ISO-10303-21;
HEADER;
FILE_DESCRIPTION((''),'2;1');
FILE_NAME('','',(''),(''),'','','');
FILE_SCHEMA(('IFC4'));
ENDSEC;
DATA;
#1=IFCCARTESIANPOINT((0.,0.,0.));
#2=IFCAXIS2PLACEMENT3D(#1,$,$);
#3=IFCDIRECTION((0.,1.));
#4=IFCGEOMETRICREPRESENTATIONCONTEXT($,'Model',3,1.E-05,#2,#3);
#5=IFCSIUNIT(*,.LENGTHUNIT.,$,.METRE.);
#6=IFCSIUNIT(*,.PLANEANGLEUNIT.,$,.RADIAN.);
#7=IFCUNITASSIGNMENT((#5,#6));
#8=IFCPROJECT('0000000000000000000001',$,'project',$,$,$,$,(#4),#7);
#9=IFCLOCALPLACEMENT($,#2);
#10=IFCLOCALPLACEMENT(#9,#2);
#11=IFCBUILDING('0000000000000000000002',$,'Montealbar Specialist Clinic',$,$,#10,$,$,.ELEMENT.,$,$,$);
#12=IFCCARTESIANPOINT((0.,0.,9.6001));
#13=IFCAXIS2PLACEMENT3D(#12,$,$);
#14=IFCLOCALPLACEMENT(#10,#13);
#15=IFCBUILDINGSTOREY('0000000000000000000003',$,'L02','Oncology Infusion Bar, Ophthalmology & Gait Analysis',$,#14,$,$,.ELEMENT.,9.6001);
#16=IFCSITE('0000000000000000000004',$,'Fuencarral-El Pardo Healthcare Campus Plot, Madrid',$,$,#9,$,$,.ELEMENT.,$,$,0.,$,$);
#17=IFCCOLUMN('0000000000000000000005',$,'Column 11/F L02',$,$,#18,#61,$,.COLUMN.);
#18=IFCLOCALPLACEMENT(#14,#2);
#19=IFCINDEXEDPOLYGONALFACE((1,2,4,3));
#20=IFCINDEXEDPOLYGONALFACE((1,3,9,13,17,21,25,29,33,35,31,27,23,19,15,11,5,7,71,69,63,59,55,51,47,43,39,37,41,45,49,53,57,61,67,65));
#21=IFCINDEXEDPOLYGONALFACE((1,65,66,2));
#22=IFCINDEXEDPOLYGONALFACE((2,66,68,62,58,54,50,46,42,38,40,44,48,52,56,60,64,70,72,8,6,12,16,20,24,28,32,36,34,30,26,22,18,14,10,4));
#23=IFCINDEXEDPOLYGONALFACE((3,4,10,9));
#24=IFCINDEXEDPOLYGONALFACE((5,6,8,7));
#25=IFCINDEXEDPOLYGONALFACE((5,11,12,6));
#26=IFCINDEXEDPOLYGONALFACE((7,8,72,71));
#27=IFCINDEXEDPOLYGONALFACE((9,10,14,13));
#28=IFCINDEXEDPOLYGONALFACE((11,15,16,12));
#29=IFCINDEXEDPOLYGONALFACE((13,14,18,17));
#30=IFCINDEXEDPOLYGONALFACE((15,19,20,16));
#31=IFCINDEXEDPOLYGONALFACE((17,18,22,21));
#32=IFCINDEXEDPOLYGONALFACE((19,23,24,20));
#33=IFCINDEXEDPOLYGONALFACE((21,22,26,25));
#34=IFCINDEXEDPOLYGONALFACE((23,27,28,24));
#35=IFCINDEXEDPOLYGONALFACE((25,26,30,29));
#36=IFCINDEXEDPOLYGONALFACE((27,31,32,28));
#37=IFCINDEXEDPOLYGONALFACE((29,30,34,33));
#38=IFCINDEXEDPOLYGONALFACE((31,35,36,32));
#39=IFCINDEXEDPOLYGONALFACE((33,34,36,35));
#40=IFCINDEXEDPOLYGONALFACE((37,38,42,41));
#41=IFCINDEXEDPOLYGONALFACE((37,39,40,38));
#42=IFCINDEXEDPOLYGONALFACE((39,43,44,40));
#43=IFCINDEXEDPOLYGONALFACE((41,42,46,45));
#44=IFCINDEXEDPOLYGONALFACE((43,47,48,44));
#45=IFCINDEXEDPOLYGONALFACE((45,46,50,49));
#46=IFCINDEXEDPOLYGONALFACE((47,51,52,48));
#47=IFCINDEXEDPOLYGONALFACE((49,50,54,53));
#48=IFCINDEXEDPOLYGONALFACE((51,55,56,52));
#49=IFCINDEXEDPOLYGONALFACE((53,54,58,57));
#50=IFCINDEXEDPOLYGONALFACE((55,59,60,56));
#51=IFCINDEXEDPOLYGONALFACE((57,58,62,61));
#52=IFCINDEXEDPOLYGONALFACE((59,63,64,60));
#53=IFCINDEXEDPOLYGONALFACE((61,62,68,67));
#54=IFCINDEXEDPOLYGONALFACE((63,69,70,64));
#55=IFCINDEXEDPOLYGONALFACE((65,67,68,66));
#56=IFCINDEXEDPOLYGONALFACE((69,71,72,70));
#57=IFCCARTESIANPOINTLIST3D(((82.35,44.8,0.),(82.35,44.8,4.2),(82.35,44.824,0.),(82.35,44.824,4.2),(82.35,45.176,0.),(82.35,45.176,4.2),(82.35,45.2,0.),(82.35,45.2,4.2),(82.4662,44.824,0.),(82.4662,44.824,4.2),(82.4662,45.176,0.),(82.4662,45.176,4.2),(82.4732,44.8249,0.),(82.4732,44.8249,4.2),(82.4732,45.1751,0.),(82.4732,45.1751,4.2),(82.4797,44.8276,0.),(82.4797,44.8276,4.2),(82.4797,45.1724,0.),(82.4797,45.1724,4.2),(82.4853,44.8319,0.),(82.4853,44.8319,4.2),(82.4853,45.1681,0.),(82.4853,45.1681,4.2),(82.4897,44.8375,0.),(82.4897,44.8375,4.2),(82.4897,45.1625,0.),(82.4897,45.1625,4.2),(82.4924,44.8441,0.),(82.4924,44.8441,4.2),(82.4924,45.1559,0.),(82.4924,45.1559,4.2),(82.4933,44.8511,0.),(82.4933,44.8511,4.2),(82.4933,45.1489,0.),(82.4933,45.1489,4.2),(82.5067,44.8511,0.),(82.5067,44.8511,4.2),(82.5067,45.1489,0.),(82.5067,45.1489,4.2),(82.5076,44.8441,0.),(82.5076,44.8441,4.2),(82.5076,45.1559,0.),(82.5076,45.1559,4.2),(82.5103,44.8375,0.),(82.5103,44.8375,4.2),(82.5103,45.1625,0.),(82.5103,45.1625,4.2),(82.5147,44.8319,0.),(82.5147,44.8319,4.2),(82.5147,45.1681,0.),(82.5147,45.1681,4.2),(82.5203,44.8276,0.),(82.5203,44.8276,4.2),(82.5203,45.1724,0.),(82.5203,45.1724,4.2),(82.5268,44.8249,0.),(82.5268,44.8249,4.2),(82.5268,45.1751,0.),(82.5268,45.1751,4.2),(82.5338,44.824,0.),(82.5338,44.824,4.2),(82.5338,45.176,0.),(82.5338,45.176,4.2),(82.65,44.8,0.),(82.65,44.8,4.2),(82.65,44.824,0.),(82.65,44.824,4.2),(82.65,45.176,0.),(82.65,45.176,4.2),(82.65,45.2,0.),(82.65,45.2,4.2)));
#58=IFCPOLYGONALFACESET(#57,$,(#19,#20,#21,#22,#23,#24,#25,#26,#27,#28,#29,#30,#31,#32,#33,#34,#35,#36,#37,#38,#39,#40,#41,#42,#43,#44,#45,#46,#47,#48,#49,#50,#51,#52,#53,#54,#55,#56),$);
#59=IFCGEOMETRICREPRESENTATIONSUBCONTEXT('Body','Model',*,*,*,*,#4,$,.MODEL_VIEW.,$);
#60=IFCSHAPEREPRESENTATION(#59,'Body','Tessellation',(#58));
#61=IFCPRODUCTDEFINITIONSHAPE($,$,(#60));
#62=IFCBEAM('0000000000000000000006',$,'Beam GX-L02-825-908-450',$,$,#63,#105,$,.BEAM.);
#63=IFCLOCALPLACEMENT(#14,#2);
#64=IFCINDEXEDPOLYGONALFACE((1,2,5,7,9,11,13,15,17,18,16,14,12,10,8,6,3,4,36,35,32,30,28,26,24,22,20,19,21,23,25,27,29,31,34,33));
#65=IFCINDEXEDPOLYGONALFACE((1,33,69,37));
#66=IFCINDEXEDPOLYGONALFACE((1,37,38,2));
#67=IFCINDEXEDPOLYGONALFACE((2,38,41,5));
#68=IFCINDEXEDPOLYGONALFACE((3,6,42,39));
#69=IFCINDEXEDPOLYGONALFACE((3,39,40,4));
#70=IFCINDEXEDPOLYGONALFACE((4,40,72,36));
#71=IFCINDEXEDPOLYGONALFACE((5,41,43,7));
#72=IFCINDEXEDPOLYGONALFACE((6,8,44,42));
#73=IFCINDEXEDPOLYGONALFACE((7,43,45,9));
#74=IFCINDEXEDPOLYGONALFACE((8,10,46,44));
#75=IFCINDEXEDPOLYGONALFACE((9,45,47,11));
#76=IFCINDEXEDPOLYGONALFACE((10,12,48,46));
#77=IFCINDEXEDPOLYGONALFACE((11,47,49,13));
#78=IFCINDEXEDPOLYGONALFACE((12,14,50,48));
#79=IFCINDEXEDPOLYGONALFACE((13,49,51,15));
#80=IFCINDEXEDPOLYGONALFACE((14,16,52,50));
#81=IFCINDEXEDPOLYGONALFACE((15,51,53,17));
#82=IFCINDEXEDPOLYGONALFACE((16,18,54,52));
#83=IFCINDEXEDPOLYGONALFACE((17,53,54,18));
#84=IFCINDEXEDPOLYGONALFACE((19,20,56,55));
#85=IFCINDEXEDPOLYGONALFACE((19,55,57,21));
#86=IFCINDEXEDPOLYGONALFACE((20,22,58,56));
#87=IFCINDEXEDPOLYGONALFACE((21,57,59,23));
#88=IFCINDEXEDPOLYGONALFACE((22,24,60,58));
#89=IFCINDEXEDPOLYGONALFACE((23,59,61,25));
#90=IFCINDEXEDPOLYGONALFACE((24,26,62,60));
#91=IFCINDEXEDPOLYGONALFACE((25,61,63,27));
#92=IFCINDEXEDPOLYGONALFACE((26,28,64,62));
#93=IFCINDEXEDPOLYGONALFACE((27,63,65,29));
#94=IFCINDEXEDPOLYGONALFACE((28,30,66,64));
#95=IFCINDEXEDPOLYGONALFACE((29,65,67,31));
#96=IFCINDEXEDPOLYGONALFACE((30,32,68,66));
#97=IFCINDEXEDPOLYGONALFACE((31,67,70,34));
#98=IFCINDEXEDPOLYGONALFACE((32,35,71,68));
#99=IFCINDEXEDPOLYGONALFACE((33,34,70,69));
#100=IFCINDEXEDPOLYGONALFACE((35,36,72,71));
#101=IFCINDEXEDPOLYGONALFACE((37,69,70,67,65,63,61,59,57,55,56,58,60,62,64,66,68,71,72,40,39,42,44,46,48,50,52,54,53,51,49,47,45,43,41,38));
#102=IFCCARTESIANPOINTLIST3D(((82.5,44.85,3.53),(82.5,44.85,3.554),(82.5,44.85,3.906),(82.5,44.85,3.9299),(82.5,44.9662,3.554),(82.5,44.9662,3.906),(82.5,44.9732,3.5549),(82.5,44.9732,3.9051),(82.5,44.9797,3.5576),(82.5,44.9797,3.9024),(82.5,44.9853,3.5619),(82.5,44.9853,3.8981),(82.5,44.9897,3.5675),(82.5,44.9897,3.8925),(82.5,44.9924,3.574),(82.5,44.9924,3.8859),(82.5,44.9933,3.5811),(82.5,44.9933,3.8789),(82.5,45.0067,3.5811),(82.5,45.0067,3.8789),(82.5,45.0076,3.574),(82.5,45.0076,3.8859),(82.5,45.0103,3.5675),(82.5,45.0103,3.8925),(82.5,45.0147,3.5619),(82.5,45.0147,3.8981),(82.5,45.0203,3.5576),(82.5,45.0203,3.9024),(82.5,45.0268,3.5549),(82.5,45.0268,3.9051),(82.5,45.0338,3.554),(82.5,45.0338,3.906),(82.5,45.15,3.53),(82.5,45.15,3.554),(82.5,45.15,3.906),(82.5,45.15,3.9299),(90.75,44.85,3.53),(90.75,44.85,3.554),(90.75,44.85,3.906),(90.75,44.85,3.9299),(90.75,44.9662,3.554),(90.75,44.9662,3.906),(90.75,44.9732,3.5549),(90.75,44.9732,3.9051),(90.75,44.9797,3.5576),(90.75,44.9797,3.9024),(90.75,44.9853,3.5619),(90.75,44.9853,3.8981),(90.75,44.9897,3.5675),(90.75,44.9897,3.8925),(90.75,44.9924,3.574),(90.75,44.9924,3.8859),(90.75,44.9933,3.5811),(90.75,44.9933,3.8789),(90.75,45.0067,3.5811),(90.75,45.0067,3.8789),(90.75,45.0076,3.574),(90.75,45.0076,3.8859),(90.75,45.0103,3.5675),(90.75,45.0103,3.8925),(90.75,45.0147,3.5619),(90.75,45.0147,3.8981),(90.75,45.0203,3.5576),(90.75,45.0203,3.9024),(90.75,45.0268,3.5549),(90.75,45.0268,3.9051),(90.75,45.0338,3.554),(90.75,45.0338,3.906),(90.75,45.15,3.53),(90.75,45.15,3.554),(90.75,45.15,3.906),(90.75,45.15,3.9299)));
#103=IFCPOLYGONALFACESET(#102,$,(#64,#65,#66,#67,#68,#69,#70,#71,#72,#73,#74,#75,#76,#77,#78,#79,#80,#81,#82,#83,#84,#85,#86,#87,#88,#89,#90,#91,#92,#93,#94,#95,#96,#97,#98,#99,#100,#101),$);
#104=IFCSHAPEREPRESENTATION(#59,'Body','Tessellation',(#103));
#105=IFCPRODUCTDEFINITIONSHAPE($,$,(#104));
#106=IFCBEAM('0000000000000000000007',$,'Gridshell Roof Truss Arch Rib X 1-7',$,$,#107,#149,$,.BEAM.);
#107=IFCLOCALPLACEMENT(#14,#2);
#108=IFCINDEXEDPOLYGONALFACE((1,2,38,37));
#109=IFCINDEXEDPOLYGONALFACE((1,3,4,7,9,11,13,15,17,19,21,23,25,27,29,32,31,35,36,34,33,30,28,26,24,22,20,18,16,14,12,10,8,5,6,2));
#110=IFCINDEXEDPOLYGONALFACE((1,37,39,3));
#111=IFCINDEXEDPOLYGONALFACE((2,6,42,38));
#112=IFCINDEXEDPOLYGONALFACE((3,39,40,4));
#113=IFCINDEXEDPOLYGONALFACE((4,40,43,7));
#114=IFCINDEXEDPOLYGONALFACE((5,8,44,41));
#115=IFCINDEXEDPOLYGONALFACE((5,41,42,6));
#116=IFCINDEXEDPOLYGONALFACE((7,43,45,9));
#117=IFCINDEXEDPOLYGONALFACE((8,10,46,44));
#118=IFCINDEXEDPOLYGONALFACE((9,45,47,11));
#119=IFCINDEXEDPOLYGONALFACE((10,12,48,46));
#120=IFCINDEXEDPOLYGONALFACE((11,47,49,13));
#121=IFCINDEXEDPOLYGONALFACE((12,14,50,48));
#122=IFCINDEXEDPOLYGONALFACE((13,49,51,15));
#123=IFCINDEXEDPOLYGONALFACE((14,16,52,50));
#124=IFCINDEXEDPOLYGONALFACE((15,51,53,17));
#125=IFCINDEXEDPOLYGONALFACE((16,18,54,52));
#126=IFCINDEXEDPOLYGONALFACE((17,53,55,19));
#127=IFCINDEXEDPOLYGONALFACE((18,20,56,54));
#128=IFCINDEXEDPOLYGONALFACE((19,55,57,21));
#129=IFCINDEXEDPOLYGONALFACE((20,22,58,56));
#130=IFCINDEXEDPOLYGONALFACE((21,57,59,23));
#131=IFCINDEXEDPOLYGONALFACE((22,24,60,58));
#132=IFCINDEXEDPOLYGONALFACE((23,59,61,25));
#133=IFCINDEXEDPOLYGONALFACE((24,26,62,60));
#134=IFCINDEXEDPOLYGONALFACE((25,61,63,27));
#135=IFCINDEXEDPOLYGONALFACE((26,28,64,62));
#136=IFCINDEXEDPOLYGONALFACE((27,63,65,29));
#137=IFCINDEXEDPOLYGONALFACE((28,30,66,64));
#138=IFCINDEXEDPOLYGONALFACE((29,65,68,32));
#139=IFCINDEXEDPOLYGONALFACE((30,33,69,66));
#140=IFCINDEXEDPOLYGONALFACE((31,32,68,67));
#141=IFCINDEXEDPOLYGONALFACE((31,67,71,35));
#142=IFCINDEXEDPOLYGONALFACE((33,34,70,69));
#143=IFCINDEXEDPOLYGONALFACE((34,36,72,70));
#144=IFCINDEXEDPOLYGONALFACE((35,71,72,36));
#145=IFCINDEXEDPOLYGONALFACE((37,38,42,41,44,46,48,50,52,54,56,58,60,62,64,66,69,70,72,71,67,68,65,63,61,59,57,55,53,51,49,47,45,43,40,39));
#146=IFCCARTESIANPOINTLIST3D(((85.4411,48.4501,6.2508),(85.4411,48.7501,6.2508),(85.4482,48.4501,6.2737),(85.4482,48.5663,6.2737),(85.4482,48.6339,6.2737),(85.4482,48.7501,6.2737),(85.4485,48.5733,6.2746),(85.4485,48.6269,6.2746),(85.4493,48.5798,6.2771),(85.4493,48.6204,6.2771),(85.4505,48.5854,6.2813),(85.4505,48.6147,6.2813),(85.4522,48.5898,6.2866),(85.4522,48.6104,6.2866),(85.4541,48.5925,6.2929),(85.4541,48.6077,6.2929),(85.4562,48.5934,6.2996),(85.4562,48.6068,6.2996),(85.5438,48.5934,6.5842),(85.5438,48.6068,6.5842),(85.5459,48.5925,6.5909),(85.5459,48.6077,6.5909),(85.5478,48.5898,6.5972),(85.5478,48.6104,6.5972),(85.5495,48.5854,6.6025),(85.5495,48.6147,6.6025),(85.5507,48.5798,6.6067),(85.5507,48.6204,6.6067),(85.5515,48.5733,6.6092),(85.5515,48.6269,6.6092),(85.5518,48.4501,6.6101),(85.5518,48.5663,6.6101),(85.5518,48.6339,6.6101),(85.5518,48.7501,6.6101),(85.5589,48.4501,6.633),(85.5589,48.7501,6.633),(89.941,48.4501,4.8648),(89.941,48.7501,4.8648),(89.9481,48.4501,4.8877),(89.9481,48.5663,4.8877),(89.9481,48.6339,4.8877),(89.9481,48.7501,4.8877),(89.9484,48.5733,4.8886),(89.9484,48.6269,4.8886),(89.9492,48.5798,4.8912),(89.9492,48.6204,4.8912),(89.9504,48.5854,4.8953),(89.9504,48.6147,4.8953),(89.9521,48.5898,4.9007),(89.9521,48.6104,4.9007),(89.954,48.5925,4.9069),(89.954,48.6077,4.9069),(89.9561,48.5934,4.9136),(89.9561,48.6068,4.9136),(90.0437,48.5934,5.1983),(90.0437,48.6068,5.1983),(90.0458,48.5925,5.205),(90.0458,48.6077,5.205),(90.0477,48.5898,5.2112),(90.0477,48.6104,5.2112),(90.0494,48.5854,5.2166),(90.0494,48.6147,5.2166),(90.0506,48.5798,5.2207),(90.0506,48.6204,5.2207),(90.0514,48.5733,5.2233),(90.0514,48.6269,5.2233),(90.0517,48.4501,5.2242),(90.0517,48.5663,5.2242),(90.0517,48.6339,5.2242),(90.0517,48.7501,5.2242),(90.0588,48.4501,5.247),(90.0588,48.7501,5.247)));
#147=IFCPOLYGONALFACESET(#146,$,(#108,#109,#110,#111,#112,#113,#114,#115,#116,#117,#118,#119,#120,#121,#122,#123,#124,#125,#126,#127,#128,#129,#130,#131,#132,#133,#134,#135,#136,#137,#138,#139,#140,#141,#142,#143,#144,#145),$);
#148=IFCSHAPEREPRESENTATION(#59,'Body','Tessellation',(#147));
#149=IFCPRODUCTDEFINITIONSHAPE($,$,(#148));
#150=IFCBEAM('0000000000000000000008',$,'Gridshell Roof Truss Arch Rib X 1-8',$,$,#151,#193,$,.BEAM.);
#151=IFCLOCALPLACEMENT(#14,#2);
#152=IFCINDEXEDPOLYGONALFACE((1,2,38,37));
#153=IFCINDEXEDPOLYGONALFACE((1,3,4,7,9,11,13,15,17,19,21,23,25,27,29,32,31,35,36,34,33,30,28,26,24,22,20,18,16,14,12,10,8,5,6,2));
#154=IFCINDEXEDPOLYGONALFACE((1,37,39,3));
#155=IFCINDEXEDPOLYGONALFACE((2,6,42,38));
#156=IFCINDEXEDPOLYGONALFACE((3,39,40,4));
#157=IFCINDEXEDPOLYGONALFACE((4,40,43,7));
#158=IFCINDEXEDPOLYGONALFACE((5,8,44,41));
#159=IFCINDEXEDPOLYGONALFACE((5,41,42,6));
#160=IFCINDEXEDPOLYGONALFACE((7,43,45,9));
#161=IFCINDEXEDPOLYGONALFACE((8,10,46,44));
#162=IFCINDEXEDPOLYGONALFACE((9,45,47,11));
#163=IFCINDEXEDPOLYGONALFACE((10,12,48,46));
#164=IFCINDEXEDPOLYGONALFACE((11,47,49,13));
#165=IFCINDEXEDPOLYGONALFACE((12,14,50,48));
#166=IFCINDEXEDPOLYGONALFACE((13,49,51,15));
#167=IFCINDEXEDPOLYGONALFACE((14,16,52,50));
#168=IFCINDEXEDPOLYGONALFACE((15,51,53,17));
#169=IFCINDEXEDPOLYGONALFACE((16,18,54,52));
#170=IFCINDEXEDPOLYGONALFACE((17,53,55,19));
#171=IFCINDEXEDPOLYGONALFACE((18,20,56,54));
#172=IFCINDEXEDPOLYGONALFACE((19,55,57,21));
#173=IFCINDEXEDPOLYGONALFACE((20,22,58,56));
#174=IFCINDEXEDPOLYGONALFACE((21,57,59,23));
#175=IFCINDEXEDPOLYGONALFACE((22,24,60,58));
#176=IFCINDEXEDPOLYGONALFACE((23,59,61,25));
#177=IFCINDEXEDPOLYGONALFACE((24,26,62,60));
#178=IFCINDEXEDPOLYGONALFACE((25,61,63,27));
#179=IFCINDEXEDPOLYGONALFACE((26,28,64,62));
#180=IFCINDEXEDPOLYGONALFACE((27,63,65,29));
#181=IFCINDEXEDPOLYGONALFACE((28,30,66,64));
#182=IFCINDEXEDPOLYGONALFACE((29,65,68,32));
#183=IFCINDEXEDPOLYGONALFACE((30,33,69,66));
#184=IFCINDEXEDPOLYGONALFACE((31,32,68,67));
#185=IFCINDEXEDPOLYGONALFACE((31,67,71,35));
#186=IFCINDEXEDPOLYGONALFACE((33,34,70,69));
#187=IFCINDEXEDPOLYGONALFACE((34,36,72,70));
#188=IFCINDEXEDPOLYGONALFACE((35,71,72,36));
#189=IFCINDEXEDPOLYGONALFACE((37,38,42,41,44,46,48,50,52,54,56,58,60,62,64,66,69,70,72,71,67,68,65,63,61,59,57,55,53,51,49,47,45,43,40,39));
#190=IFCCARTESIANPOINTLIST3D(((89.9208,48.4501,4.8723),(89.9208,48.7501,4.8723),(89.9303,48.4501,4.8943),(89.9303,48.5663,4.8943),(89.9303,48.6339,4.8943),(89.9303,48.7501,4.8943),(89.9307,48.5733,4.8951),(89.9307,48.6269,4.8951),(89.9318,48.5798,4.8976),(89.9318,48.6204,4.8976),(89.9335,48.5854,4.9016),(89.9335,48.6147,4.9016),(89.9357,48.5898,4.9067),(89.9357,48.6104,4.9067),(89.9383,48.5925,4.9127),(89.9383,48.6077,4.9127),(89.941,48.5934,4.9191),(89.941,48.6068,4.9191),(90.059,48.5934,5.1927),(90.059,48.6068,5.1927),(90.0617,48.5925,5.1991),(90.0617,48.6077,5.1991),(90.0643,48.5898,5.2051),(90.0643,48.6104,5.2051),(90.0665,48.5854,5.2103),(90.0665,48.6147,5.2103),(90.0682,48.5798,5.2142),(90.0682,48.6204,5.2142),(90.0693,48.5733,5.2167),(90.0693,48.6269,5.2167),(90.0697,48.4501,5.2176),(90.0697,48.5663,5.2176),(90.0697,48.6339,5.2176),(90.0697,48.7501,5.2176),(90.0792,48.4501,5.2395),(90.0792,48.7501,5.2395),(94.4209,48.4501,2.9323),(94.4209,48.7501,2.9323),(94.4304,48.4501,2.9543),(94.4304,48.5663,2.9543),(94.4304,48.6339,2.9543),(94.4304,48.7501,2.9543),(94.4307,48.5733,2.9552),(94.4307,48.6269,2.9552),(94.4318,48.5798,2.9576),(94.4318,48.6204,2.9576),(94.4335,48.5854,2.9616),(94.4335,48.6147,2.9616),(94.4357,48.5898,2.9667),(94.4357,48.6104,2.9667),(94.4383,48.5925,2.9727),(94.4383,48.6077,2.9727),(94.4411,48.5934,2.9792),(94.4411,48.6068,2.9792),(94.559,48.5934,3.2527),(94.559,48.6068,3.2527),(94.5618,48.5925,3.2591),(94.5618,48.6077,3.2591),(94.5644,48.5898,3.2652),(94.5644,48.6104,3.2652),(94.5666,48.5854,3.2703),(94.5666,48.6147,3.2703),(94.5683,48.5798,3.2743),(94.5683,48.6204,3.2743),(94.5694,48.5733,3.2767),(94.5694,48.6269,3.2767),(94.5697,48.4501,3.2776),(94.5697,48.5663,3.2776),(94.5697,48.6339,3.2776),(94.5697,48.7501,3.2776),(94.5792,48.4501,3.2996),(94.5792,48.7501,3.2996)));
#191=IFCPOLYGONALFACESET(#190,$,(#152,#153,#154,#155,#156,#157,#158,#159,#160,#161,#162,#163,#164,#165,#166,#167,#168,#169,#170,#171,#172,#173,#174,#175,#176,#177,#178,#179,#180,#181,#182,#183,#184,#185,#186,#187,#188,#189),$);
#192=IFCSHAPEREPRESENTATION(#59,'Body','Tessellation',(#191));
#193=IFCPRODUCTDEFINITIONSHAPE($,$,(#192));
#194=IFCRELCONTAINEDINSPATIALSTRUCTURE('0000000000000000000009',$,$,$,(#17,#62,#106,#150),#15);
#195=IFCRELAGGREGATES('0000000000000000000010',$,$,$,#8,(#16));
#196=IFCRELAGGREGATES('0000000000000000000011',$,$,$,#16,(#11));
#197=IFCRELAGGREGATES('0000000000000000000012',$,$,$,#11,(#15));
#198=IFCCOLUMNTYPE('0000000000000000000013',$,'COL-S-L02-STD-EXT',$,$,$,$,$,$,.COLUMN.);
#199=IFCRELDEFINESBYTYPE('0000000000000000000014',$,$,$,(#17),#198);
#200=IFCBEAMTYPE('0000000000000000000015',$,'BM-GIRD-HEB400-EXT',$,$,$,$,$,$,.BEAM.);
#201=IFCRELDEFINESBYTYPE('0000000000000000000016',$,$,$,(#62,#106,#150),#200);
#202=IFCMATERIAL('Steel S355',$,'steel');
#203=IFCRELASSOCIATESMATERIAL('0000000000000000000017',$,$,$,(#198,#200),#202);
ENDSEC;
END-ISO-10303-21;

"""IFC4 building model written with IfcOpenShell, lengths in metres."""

from ifc_helpers import new_model, si_unit, direction, frame, origin, origin_2d, place, context, subcontext, project, spatial, i_section, extrude, material, material_profile, profile_set, type_object, element, save


model = new_model("IFC4")

# Units and contexts
model_context = context("Model", 3, precision=1e-05, world=origin(), true_north=direction((0.0, 1.0)))
body_context = subcontext(model_context, "Body", "Model", "MODEL_VIEW")
ifc_project = project(units=[si_unit("LENGTHUNIT", "METRE"), si_unit("PLANEANGLEUNIT", "RADIAN")], contexts=[model_context])

# Site, building, storey
site_placement = place(None, origin())
site = spatial("IfcSite", under=ifc_project, at=site_placement, Name="Fuencarral-El Pardo Healthcare Campus Plot, Madrid", CompositionType="ELEMENT", RefElevation=0.0)
building_placement = place(site_placement, origin())
building = spatial("IfcBuilding", under=site, at=building_placement, Name="Montealbar Specialist Clinic", CompositionType="ELEMENT")
storey_placement = place(building_placement, frame((0.0, 0.0, 9.6001)))
storey = spatial("IfcBuildingStorey", under=building, at=storey_placement, Name="L02", Description="Oncology Infusion Bar, Ophthalmology & Gait Analysis", CompositionType="ELEMENT", Elevation=9.6001)

# Column
ifc_material_1 = material(Name="Steel S355", Category="steel")
ifc_material_profile_1 = material_profile(ifc_material_1, i_section(OverallWidth=0.3, OverallDepth=0.3999, WebThickness=0.0134, FlangeThickness=0.0239, FilletRadius=0.0271, at=origin_2d()), Name="HEB 400", Category="steel")
ifc_profile_set_1 = profile_set([ifc_material_profile_1], Name="Steel S355")
column_type = type_object("IfcColumnType", Name="COL-S-L02-STD-EXT", PredefinedType="COLUMN", material=ifc_profile_set_1)
column_placement = place(storey_placement, frame((82.5, 45.0, 0.0), z_axis=(0.0, 0.0, 1.0), x_axis=(1.0, 0.0, 0.0)))
element("IfcColumn", 1, at=column_placement, inside=storey, type_object=column_type, Name="Column 11/F L02", PredefinedType="COLUMN", context=body_context, shape_type="SweptSolid", body=[
    extrude(i_section(OverallWidth=0.3, OverallDepth=0.3999, WebThickness=0.0134, FlangeThickness=0.0239, FilletRadius=0.0271, at=origin_2d()), origin(), (0.0, 0.0, 1.0), 4.2),
])

# Beams
ifc_material_profile_2 = material_profile(ifc_material_1, i_section(OverallWidth=0.3, OverallDepth=0.3999, WebThickness=0.0134, FlangeThickness=0.0239, FilletRadius=0.0271, at=origin_2d()), Name="HEB 400", Category="steel")
ifc_profile_set_2 = profile_set([ifc_material_profile_2], Name="Steel S355")
beam_type_1 = type_object("IfcBeamType", Name="BM-GIRD-HEB400-EXT", PredefinedType="BEAM", material=ifc_profile_set_2)
beam_1_placement = place(storey_placement, frame((82.5, 45.0, 3.73), z_axis=(1.0, 0.0, 0.0), x_axis=(0.0, 1.0, 0.0)))
element("IfcBeam", 2, at=beam_1_placement, inside=storey, type_object=beam_type_1, Name="Beam GX-L02-825-908-450", PredefinedType="BEAM", context=body_context, shape_type="SweptSolid", body=[
    extrude(i_section(OverallWidth=0.3, OverallDepth=0.3999, WebThickness=0.0134, FlangeThickness=0.0239, FilletRadius=0.0271, at=origin_2d()), origin(), (0.0, 0.0, 1.0), 8.25),
])
beam_2_placement = place(storey_placement, frame((85.5, 48.6001, 6.4419), z_axis=(0.955697, 0.0, -0.294352), x_axis=(0.0, 1.0, 0.0)))
element("IfcBeam", 3, at=beam_2_placement, inside=storey, type_object=beam_type_1, Name="Gridshell Roof Truss Arch Rib X 1-7", PredefinedType="BEAM", context=body_context, shape_type="SweptSolid", body=[
    extrude(i_section(OverallWidth=0.3, OverallDepth=0.3999, WebThickness=0.0134, FlangeThickness=0.0239, FilletRadius=0.0271, at=origin_2d()), origin(), (0.0, 0.0, 1.0), 4.7085),
])
beam_3_placement = place(storey_placement, frame((90.0, 48.6001, 5.0559), z_axis=(0.918303, 0.0, -0.395879), x_axis=(0.0, 1.0, 0.0)))
element("IfcBeam", 4, at=beam_3_placement, inside=storey, type_object=beam_type_1, Name="Gridshell Roof Truss Arch Rib X 1-8", PredefinedType="BEAM", context=body_context, shape_type="SweptSolid", body=[
    extrude(i_section(OverallWidth=0.3, OverallDepth=0.3999, WebThickness=0.0134, FlangeThickness=0.0239, FilletRadius=0.0271, at=origin_2d()), origin(), (0.0, 0.0, 1.0), 4.9004),
])

save(model, "model.ifc")
